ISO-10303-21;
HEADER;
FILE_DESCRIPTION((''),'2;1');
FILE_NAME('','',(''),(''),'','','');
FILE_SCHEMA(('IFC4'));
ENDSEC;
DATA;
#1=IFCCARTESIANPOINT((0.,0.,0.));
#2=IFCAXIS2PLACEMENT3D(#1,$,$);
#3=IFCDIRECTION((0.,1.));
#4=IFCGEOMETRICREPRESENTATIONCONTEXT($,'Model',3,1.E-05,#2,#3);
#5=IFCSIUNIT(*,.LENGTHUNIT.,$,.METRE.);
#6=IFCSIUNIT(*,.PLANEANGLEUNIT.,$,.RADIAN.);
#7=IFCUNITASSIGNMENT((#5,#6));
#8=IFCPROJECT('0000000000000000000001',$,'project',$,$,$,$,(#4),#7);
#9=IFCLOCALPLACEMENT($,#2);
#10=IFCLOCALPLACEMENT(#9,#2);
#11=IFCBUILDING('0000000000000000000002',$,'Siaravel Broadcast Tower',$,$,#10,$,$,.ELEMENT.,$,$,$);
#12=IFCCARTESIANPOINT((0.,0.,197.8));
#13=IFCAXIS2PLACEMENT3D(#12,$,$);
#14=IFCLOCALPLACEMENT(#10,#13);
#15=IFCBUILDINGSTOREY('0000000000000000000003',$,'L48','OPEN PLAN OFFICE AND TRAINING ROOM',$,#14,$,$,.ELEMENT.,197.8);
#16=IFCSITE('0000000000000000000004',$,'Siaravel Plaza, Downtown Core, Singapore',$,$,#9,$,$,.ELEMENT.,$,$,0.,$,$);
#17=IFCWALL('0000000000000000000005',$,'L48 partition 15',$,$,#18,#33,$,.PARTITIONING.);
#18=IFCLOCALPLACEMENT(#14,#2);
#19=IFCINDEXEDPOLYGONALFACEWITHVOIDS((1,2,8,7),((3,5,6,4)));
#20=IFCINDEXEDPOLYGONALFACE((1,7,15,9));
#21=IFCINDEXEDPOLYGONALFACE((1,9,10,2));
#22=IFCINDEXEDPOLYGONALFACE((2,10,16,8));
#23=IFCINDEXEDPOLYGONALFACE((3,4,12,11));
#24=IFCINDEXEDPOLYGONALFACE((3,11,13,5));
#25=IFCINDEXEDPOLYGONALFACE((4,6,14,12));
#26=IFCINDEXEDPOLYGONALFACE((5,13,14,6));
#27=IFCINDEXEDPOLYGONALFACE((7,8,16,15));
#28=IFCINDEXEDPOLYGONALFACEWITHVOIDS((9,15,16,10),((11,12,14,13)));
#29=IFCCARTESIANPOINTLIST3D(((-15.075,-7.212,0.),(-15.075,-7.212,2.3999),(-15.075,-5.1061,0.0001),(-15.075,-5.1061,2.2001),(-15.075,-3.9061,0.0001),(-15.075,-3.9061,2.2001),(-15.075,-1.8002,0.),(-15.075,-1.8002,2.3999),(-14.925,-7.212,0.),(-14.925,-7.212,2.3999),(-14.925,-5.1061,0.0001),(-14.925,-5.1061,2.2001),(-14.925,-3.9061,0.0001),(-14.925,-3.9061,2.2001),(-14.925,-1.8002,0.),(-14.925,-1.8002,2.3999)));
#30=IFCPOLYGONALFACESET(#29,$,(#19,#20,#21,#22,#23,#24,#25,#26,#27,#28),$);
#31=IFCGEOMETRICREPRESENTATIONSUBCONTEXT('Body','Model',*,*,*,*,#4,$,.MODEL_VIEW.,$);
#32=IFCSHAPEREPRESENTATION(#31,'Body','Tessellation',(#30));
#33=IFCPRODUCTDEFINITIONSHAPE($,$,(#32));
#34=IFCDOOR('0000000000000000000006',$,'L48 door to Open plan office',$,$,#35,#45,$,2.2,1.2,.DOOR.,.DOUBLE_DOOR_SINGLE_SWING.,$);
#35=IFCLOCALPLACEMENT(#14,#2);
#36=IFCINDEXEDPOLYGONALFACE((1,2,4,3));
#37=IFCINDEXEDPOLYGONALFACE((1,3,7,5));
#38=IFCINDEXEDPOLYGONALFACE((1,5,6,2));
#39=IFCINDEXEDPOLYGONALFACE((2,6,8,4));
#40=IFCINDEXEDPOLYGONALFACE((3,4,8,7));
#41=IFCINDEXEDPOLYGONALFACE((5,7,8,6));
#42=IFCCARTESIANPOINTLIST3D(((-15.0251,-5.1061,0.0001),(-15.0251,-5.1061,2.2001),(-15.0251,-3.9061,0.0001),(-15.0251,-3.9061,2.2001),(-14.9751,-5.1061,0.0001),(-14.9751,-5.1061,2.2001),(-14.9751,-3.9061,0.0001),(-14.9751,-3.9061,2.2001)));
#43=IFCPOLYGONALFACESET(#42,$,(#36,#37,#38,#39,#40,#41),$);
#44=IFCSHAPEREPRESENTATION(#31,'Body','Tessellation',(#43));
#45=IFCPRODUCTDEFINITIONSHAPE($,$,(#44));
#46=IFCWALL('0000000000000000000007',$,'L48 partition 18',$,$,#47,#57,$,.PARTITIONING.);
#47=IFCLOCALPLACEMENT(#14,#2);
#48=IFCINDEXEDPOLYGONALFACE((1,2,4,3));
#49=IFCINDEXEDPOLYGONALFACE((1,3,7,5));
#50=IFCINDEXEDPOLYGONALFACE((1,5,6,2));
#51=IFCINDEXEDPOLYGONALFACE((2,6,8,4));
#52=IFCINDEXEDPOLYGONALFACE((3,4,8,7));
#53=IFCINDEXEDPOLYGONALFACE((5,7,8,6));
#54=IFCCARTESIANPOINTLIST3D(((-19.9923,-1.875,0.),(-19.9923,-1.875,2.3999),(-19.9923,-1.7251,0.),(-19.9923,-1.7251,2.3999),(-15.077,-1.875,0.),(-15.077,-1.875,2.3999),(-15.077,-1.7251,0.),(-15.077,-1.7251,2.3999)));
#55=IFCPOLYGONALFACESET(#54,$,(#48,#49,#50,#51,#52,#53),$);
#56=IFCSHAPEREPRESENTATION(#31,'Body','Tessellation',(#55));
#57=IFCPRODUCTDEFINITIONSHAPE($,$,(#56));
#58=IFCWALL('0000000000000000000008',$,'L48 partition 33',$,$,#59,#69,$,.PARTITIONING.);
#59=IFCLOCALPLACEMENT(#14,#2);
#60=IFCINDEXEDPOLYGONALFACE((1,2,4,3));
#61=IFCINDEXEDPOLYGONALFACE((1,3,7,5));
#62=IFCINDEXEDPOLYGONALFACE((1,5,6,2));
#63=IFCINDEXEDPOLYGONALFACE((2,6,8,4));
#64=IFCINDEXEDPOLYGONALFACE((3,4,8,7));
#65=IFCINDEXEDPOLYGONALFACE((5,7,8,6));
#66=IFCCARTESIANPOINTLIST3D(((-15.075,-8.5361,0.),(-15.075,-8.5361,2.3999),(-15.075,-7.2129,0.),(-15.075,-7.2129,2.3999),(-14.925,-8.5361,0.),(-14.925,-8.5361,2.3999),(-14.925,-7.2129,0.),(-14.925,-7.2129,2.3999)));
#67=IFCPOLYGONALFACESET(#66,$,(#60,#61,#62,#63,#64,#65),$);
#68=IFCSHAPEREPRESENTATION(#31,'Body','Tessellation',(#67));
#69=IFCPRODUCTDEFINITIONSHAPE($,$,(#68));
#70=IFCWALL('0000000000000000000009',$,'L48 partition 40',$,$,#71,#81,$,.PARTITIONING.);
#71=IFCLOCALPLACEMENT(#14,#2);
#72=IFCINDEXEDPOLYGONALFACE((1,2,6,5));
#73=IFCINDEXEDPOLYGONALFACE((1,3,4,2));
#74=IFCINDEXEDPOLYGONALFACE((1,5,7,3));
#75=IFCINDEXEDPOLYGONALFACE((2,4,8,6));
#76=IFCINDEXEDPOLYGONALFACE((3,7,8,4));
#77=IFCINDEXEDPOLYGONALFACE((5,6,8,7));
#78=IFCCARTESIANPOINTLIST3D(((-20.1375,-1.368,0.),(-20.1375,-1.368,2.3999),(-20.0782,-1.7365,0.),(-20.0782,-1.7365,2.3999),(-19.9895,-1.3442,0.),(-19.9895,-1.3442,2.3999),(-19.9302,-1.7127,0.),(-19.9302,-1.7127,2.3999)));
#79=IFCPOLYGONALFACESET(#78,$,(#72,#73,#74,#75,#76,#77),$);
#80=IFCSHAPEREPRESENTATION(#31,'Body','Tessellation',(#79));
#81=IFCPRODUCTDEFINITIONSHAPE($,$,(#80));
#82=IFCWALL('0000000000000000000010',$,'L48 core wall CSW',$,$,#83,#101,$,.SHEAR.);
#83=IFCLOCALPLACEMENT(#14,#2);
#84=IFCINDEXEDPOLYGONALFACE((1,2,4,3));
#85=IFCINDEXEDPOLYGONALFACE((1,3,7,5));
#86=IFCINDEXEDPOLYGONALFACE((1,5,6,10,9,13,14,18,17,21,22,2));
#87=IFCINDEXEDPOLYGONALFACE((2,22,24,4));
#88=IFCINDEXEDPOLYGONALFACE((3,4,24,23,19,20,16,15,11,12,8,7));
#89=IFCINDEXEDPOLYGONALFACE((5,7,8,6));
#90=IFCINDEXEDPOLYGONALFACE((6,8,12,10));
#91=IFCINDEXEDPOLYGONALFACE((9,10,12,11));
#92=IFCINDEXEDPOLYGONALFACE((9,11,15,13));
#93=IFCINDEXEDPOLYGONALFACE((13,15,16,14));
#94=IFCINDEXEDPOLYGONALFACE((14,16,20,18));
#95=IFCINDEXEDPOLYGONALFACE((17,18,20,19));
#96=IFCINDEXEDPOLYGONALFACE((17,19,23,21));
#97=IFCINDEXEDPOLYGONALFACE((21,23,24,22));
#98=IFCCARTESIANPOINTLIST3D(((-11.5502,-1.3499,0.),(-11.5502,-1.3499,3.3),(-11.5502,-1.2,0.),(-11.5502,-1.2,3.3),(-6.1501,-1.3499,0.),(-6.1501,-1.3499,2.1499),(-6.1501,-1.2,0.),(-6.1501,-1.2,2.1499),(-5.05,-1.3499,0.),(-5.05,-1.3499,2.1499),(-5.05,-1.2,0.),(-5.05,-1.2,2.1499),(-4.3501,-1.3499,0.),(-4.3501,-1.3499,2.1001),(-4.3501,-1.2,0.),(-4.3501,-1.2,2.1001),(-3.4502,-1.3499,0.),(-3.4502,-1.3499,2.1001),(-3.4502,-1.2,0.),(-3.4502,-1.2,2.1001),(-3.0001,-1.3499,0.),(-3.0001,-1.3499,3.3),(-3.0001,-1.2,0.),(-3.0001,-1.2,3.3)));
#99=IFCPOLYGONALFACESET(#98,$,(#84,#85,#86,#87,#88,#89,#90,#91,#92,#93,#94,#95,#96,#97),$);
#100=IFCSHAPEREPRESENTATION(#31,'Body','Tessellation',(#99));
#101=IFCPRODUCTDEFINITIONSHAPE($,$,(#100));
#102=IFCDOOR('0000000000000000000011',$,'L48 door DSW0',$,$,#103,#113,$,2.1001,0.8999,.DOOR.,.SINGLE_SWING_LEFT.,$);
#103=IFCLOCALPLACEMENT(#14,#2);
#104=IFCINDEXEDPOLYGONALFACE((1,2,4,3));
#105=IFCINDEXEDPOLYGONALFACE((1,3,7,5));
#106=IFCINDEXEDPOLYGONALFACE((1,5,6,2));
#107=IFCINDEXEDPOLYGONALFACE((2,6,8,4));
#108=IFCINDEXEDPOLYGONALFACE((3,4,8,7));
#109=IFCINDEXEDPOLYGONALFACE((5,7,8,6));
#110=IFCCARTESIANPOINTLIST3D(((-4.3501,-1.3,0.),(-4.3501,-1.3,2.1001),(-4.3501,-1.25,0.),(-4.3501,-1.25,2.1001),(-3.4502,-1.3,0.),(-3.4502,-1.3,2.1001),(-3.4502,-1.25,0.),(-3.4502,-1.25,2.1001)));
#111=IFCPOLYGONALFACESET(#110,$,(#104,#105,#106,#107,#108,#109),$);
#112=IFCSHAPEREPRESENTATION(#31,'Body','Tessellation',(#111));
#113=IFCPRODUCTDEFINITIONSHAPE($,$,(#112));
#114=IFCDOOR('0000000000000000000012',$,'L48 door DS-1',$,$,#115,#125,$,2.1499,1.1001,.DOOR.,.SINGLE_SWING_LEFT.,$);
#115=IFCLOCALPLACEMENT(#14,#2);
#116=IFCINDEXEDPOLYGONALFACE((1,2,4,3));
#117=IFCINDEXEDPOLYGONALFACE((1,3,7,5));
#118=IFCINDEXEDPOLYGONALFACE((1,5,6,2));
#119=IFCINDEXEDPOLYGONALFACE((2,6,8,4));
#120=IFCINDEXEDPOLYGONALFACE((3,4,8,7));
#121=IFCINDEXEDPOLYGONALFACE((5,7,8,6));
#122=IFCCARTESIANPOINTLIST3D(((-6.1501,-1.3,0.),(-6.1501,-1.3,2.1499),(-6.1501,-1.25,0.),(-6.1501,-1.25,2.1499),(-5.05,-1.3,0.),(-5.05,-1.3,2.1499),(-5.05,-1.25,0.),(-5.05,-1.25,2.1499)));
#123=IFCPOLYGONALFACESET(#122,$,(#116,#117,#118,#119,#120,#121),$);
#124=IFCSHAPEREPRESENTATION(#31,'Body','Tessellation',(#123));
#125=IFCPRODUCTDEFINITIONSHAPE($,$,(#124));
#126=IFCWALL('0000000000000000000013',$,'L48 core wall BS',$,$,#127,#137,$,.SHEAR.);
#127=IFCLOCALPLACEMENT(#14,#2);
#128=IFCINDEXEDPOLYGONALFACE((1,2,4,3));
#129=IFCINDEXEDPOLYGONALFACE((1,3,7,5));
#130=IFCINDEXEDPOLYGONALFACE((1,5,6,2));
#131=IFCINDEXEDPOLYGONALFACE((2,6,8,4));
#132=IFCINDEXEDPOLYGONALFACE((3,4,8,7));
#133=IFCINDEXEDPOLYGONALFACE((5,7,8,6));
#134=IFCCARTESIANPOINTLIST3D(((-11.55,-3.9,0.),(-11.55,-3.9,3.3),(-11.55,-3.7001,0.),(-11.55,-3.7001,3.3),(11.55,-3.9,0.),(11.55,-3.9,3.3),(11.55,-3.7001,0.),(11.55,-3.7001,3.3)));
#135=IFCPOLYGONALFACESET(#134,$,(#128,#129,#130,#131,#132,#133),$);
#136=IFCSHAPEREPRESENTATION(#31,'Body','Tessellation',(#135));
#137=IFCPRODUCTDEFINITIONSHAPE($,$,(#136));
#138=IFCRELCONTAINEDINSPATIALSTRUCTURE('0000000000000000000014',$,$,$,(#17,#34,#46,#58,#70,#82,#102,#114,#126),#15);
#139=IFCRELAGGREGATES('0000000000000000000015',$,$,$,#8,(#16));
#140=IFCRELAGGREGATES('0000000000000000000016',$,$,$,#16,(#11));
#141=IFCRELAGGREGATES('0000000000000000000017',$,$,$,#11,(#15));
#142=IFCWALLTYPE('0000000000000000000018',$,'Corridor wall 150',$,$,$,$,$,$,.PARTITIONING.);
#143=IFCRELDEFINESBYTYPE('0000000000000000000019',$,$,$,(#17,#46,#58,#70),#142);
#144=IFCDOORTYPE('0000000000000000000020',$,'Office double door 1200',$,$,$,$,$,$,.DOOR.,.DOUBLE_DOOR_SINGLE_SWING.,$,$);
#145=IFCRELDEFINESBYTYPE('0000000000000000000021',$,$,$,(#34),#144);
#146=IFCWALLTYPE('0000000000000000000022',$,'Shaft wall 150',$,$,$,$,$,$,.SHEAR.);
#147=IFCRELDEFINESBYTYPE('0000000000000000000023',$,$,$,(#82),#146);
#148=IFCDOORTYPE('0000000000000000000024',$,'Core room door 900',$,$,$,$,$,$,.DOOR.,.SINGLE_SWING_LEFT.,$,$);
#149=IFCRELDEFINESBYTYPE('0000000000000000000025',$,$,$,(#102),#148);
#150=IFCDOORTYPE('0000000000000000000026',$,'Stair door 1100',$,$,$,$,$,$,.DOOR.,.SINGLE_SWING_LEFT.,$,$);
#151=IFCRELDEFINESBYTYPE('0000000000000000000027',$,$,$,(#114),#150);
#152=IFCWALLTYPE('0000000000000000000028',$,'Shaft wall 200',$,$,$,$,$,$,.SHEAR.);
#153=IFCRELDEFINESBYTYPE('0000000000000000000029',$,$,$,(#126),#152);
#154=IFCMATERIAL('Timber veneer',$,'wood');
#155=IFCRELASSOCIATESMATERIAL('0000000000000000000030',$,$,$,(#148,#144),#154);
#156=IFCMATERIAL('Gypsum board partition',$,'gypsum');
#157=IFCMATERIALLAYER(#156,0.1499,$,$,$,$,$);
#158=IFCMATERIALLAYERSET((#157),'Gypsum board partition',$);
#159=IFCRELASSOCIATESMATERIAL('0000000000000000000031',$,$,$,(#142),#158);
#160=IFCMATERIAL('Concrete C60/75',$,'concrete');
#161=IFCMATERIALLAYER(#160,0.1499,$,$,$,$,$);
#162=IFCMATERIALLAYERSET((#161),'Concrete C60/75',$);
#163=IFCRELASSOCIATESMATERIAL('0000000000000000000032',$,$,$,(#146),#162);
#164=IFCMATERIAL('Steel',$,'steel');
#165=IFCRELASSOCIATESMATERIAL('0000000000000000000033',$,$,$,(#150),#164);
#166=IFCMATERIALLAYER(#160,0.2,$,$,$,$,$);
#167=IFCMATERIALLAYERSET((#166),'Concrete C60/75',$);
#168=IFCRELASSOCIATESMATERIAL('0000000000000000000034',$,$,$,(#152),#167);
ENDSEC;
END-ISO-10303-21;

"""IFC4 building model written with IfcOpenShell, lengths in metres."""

from ifc_helpers import new_model, si_unit, direction, frame, frame_2d, origin, place, context, subcontext, project, spatial, rectangle, extrude, material, layer, layer_set, type_object, element, fill, save


model = new_model("IFC4")

# Units and contexts
model_context = context("Model", 3, precision=1e-05, world=origin(), true_north=direction((0.0, 1.0)))
body_context = subcontext(model_context, "Body", "Model", "MODEL_VIEW")
ifc_project = project(units=[si_unit("LENGTHUNIT", "METRE"), si_unit("PLANEANGLEUNIT", "RADIAN")], contexts=[model_context])

# Site, building, storey
site_placement = place(None, origin())
site = spatial("IfcSite", under=ifc_project, at=site_placement, Name="Siaravel Plaza, Downtown Core, Singapore", CompositionType="ELEMENT", RefElevation=0.0)
building_placement = place(site_placement, origin())
building = spatial("IfcBuilding", under=site, at=building_placement, Name="Siaravel Broadcast Tower", CompositionType="ELEMENT")
storey_placement = place(building_placement, frame((0.0, 0.0, 197.8)))
storey = spatial("IfcBuildingStorey", under=building, at=storey_placement, Name="L48", Description="OPEN PLAN OFFICE AND TRAINING ROOM", CompositionType="ELEMENT", Elevation=197.8)

# Shared definitions
ifc_material_1 = material(Name="Concrete C60/75", Category="concrete")

# Shared definitions
ifc_material_2 = material(Name="Steel", Category="steel")

# Shared definitions
ifc_material_3 = material(Name="Timber veneer", Category="wood")
door_type_1 = type_object("IfcDoorType", Name="Core room door 900", OperationType="SINGLE_SWING_LEFT", PredefinedType="DOOR", material=ifc_material_3)

# Wall, opening, door
ifc_material_4 = material(Name="Gypsum board partition", Category="gypsum")
ifc_layer_1 = layer(ifc_material_4, 0.1499)
ifc_layer_set_1 = layer_set([ifc_layer_1], Name="Gypsum board partition")
wall_type_1 = type_object("IfcWallType", Name="Corridor wall 150", PredefinedType="PARTITIONING", material=ifc_layer_set_1)
wall_1_placement = place(storey_placement, frame((-15.0, -1.8, 0.0), z_axis=(0.0, 0.0, 1.0), x_axis=(0.0, -1.0, 0.0)))
wall_1 = element("IfcWall", 1, at=wall_1_placement, inside=storey, type_object=wall_type_1, Name="L48 partition 15", PredefinedType="PARTITIONING", context=body_context, shape_type="SweptSolid", body=[
    extrude(rectangle(XDim=5.4119, YDim=0.1499, at=frame_2d((2.7061, 0.0))), origin(), (0.0, 0.0, 1.0), 2.3999),
])
opening_1_placement = place(wall_1_placement, frame((2.106, 0.0, 0.0)))
opening_1 = element("IfcOpeningElement", 2, at=opening_1_placement, cuts=wall_1, PredefinedType="OPENING", context=body_context, shape_type="SweptSolid", body=[
    extrude(rectangle(XDim=1.2, YDim=2.2, at=frame_2d((0.6001, 1.1001))), frame((0.0, 0.085, 0.0), z_axis=(0.0, -1.0, 0.0), x_axis=(1.0, 0.0, 0.0)), (0.0, 0.0, 1.0), 0.1699),
])
door_type_2 = type_object("IfcDoorType", Name="Office double door 1200", OperationType="DOUBLE_DOOR_SINGLE_SWING", PredefinedType="DOOR", material=ifc_material_3)
door_1_placement = place(opening_1_placement, origin())
door_1 = element("IfcDoor", 3, at=door_1_placement, inside=storey, type_object=door_type_2, Name="L48 door to Open plan office", OperationType="DOUBLE_DOOR_SINGLE_SWING", OverallHeight=2.2, OverallWidth=1.2, PredefinedType="DOOR", context=body_context, shape_type="SweptSolid", body=[
    extrude(rectangle(XDim=1.2, YDim=2.2, at=frame_2d((0.6001, 1.1001))), frame((0.0, 0.0249, 0.0), z_axis=(0.0, -1.0, 0.0), x_axis=(1.0, 0.0, 0.0)), (0.0, 0.0, 1.0), 0.05),
])
fill(opening_1, door_1)

# Walls
wall_2_placement = place(storey_placement, frame((-19.9922, -1.8, 0.0), z_axis=(0.0, 0.0, 1.0), x_axis=(1.0, 0.0, 0.0)))
element("IfcWall", 4, at=wall_2_placement, inside=storey, type_object=wall_type_1, Name="L48 partition 18", PredefinedType="PARTITIONING", context=body_context, shape_type="SweptSolid", body=[
    extrude(rectangle(XDim=4.9153, YDim=0.1499, at=frame_2d((2.4575, 0.0))), origin(), (0.0, 0.0, 1.0), 2.3999),
])
wall_3_placement = place(storey_placement, frame((-15.0, -7.2129, 0.0), z_axis=(0.0, 0.0, 1.0), x_axis=(0.0, -1.0, 0.0)))
element("IfcWall", 5, at=wall_3_placement, inside=storey, type_object=wall_type_1, Name="L48 partition 33", PredefinedType="PARTITIONING", context=body_context, shape_type="SweptSolid", body=[
    extrude(rectangle(XDim=1.3232, YDim=0.1499, at=frame_2d((0.6616, 0.0))), origin(), (0.0, 0.0, 1.0), 2.3999),
])
wall_4_placement = place(storey_placement, frame((-20.0635, -1.3562, 0.0), z_axis=(0.0, 0.0, 1.0), x_axis=(0.158883, -0.987297, 0.0)))
element("IfcWall", 6, at=wall_4_placement, inside=storey, type_object=wall_type_1, Name="L48 partition 40", PredefinedType="PARTITIONING", context=body_context, shape_type="SweptSolid", body=[
    extrude(rectangle(XDim=0.3733, YDim=0.1499, at=frame_2d((0.1865, 0.0))), origin(), (0.0, 0.0, 1.0), 2.3999),
])

# Wall, openings, doors
ifc_layer_2 = layer(ifc_material_1, 0.1499)
ifc_layer_set_2 = layer_set([ifc_layer_2], Name="Concrete C60/75")
wall_type_2 = type_object("IfcWallType", Name="Shaft wall 150", PredefinedType="SHEAR", material=ifc_layer_set_2)
wall_5_placement = place(storey_placement, frame((-11.55, -1.2749, 0.0), z_axis=(0.0, 0.0, 1.0), x_axis=(1.0, 0.0, 0.0)))
wall_5 = element("IfcWall", 7, at=wall_5_placement, inside=storey, type_object=wall_type_2, Name="L48 core wall CSW", PredefinedType="SHEAR", context=body_context, shape_type="SweptSolid", body=[
    extrude(rectangle(XDim=8.55, YDim=0.1499, at=frame_2d((4.2749, 0.0))), origin(), (0.0, 0.0, 1.0), 3.3),
])
opening_2_placement = place(wall_5_placement, frame((5.3999, 0.0, 0.0)))
opening_2 = element("IfcOpeningElement", 8, at=opening_2_placement, cuts=wall_5, PredefinedType="OPENING", context=body_context, shape_type="SweptSolid", body=[
    extrude(rectangle(XDim=1.1001, YDim=2.1499, at=frame_2d((0.55, 1.075))), frame((0.0, 0.085, 0.0), z_axis=(0.0, -1.0, 0.0), x_axis=(1.0, 0.0, 0.0)), (0.0, 0.0, 1.0), 0.1699),
])
opening_3_placement = place(wall_5_placement, frame((7.2, 0.0, 0.0)))
opening_3 = element("IfcOpeningElement", 9, at=opening_3_placement, cuts=wall_5, PredefinedType="OPENING", context=body_context, shape_type="SweptSolid", body=[
    extrude(rectangle(XDim=0.8999, YDim=2.1001, at=frame_2d((0.45, 1.05))), frame((0.0, 0.085, 0.0), z_axis=(0.0, -1.0, 0.0), x_axis=(1.0, 0.0, 0.0)), (0.0, 0.0, 1.0), 0.1699),
])
door_2_placement = place(opening_3_placement, origin())
door_2 = element("IfcDoor", 10, at=door_2_placement, inside=storey, type_object=door_type_1, Name="L48 door DSW0", OperationType="SINGLE_SWING_LEFT", OverallHeight=2.1001, OverallWidth=0.8999, PredefinedType="DOOR", context=body_context, shape_type="SweptSolid", body=[
    extrude(rectangle(XDim=0.8999, YDim=2.1001, at=frame_2d((0.45, 1.05))), frame((0.0, 0.0249, 0.0), z_axis=(0.0, -1.0, 0.0), x_axis=(1.0, 0.0, 0.0)), (0.0, 0.0, 1.0), 0.05),
])
fill(opening_3, door_2)
door_type_3 = type_object("IfcDoorType", Name="Stair door 1100", OperationType="SINGLE_SWING_LEFT", PredefinedType="DOOR", material=ifc_material_2)
door_3_placement = place(opening_2_placement, origin())
door_3 = element("IfcDoor", 11, at=door_3_placement, inside=storey, type_object=door_type_3, Name="L48 door DS-1", OperationType="SINGLE_SWING_LEFT", OverallHeight=2.1499, OverallWidth=1.1001, PredefinedType="DOOR", context=body_context, shape_type="SweptSolid", body=[
    extrude(rectangle(XDim=1.1001, YDim=2.1499, at=frame_2d((0.55, 1.075))), frame((0.0, 0.0249, 0.0), z_axis=(0.0, -1.0, 0.0), x_axis=(1.0, 0.0, 0.0)), (0.0, 0.0, 1.0), 0.05),
])
fill(opening_2, door_3)

# Wall
ifc_layer_3 = layer(ifc_material_1, 0.2)
ifc_layer_set_3 = layer_set([ifc_layer_3], Name="Concrete C60/75")
wall_type_3 = type_object("IfcWallType", Name="Shaft wall 200", PredefinedType="SHEAR", material=ifc_layer_set_3)
wall_6_placement = place(storey_placement, frame((-11.55, -3.8, 0.0), z_axis=(0.0, 0.0, 1.0), x_axis=(1.0, 0.0, 0.0)))
element("IfcWall", 12, at=wall_6_placement, inside=storey, type_object=wall_type_3, Name="L48 core wall BS", PredefinedType="SHEAR", context=body_context, shape_type="SweptSolid", body=[
    extrude(rectangle(XDim=23.1001, YDim=0.2, at=frame_2d((11.55, 0.0))), origin(), (0.0, 0.0, 1.0), 3.3),
])

save(model, "model.ifc")
